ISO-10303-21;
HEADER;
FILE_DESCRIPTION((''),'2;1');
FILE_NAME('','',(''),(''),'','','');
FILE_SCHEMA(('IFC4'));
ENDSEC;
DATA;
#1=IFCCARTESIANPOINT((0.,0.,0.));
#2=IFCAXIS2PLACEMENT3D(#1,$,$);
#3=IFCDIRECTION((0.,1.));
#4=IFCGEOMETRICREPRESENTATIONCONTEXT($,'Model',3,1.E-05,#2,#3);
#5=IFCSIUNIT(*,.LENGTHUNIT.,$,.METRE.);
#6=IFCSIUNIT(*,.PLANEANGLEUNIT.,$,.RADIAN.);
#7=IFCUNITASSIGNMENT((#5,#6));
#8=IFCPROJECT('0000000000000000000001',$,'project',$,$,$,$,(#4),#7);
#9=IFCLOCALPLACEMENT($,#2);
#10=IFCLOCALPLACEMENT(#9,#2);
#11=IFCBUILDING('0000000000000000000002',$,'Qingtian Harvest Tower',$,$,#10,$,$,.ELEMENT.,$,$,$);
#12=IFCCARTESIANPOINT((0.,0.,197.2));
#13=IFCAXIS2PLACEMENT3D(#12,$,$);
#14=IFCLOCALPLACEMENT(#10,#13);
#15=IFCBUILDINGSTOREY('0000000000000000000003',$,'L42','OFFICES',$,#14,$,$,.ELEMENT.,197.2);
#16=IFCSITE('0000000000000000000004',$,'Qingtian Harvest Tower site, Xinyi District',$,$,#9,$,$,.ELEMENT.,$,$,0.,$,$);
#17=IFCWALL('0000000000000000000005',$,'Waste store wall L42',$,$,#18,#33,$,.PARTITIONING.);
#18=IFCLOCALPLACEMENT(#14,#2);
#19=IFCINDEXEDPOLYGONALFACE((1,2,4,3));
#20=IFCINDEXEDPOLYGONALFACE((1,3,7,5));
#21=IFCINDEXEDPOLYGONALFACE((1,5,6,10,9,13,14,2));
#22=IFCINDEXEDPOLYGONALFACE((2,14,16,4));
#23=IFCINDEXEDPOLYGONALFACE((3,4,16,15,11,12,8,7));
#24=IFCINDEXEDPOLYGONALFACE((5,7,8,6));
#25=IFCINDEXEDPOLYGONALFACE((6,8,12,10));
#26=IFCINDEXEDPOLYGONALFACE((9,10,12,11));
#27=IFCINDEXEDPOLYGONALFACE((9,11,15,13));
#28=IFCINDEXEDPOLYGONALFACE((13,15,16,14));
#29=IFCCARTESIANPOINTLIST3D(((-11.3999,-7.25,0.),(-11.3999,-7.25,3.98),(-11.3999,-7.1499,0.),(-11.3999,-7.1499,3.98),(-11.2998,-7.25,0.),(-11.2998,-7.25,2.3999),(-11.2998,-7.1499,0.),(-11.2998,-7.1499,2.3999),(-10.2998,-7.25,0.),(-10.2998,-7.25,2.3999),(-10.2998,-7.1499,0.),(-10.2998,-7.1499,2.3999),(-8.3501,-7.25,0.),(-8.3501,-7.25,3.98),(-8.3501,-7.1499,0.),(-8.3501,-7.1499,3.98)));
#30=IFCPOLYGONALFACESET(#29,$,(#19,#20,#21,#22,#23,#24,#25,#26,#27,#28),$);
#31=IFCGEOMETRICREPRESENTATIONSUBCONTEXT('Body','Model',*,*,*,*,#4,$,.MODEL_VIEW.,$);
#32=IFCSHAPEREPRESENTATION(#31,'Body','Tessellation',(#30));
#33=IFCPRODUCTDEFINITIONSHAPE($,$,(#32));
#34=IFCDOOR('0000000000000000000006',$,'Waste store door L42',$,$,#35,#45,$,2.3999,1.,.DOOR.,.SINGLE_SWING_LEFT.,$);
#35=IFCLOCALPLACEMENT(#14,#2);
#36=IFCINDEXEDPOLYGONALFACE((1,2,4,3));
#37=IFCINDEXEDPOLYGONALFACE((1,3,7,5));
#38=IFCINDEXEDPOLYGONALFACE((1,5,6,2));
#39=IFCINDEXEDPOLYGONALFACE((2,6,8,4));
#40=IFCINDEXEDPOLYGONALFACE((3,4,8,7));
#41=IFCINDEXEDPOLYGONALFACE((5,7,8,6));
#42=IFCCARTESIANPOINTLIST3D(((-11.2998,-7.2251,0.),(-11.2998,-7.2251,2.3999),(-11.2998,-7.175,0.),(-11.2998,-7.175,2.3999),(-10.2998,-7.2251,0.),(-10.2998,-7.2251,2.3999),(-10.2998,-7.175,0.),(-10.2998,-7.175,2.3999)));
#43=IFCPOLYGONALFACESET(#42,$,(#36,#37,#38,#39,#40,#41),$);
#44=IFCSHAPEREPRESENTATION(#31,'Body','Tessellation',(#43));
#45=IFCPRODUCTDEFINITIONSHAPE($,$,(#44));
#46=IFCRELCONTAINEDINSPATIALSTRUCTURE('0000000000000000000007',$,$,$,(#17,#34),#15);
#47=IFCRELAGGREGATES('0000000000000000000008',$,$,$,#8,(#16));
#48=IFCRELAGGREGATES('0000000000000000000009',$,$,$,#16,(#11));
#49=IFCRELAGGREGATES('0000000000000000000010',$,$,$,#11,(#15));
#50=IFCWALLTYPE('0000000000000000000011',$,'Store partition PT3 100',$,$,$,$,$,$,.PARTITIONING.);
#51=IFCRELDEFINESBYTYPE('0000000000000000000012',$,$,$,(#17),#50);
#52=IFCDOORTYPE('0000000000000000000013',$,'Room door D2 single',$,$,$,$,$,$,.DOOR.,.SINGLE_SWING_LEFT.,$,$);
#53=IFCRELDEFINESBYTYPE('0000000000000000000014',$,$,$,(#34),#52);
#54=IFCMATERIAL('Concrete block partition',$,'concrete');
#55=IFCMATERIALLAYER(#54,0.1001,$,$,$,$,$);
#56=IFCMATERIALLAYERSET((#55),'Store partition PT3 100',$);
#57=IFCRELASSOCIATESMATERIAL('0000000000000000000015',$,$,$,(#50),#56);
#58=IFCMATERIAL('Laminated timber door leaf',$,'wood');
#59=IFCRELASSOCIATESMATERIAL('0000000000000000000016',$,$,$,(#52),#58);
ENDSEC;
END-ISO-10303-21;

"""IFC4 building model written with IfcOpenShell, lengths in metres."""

from ifc_helpers import new_model, si_unit, direction, frame, frame_2d, origin, place, context, subcontext, project, spatial, rectangle, extrude, material, layer, layer_set, type_object, element, fill, save


model = new_model("IFC4")

# Units and contexts
model_context = context("Model", 3, precision=1e-05, world=origin(), true_north=direction((0.0, 1.0)))
body_context = subcontext(model_context, "Body", "Model", "MODEL_VIEW")
ifc_project = project(units=[si_unit("LENGTHUNIT", "METRE"), si_unit("PLANEANGLEUNIT", "RADIAN")], contexts=[model_context])

# Site, building, storey
site_placement = place(None, origin())
site = spatial("IfcSite", under=ifc_project, at=site_placement, Name="Qingtian Harvest Tower site, Xinyi District", CompositionType="ELEMENT", RefElevation=0.0)
building_placement = place(site_placement, origin())
building = spatial("IfcBuilding", under=site, at=building_placement, Name="Qingtian Harvest Tower", CompositionType="ELEMENT")
storey_placement = place(building_placement, frame((0.0, 0.0, 197.2)))
storey = spatial("IfcBuildingStorey", under=building, at=storey_placement, Name="L42", Description="OFFICES", CompositionType="ELEMENT", Elevation=197.2)

# Wall, opening, door
ifc_material_1 = material(Name="Concrete block partition", Category="concrete")
ifc_layer_1 = layer(ifc_material_1, 0.1001)
ifc_layer_set_1 = layer_set([ifc_layer_1], Name="Store partition PT3 100")
wall_type_1 = type_object("IfcWallType", Name="Store partition PT3 100", PredefinedType="PARTITIONING", material=ifc_layer_set_1)
wall_1_placement = place(storey_placement, frame((-11.3999, -7.2, 0.0), z_axis=(0.0, 0.0, 1.0), x_axis=(1.0, 0.0, 0.0)))
wall_1 = element("IfcWall", 1, at=wall_1_placement, inside=storey, type_object=wall_type_1, Name="Waste store wall L42", PredefinedType="PARTITIONING", context=body_context, shape_type="SweptSolid", body=[
    extrude(rectangle(XDim=3.0498, YDim=0.1001, at=frame_2d((1.5249, 0.0))), origin(), (0.0, 0.0, 1.0), 3.98),
])
opening_1_placement = place(wall_1_placement, frame((0.1001, 0.0, 0.0)))
opening_1 = element("IfcOpeningElement", 2, at=opening_1_placement, cuts=wall_1, PredefinedType="OPENING", context=body_context, shape_type="SweptSolid", body=[
    extrude(rectangle(XDim=1.0, YDim=2.3999, at=frame_2d((0.5, 1.2))), frame((0.0, 0.0601, 0.0), z_axis=(0.0, -1.0, 0.0), x_axis=(1.0, 0.0, 0.0)), (0.0, 0.0, 1.0), 0.1201),
])
ifc_material_2 = material(Name="Laminated timber door leaf", Category="wood")
door_type_1 = type_object("IfcDoorType", Name="Room door D2 single", OperationType="SINGLE_SWING_LEFT", PredefinedType="DOOR", material=ifc_material_2)
door_1_placement = place(opening_1_placement, origin())
door_1 = element("IfcDoor", 3, at=door_1_placement, inside=storey, type_object=door_type_1, Name="Waste store door L42", OperationType="SINGLE_SWING_LEFT", OverallHeight=2.3999, OverallWidth=1.0, PredefinedType="DOOR", context=body_context, shape_type="SweptSolid", body=[
    extrude(rectangle(XDim=1.0, YDim=2.3999, at=frame_2d((0.5, 1.2))), frame((0.0, 0.0249, 0.0), z_axis=(0.0, -1.0, 0.0), x_axis=(1.0, 0.0, 0.0)), (0.0, 0.0, 1.0), 0.05),
])
fill(opening_1, door_1)

save(model, "model.ifc")
